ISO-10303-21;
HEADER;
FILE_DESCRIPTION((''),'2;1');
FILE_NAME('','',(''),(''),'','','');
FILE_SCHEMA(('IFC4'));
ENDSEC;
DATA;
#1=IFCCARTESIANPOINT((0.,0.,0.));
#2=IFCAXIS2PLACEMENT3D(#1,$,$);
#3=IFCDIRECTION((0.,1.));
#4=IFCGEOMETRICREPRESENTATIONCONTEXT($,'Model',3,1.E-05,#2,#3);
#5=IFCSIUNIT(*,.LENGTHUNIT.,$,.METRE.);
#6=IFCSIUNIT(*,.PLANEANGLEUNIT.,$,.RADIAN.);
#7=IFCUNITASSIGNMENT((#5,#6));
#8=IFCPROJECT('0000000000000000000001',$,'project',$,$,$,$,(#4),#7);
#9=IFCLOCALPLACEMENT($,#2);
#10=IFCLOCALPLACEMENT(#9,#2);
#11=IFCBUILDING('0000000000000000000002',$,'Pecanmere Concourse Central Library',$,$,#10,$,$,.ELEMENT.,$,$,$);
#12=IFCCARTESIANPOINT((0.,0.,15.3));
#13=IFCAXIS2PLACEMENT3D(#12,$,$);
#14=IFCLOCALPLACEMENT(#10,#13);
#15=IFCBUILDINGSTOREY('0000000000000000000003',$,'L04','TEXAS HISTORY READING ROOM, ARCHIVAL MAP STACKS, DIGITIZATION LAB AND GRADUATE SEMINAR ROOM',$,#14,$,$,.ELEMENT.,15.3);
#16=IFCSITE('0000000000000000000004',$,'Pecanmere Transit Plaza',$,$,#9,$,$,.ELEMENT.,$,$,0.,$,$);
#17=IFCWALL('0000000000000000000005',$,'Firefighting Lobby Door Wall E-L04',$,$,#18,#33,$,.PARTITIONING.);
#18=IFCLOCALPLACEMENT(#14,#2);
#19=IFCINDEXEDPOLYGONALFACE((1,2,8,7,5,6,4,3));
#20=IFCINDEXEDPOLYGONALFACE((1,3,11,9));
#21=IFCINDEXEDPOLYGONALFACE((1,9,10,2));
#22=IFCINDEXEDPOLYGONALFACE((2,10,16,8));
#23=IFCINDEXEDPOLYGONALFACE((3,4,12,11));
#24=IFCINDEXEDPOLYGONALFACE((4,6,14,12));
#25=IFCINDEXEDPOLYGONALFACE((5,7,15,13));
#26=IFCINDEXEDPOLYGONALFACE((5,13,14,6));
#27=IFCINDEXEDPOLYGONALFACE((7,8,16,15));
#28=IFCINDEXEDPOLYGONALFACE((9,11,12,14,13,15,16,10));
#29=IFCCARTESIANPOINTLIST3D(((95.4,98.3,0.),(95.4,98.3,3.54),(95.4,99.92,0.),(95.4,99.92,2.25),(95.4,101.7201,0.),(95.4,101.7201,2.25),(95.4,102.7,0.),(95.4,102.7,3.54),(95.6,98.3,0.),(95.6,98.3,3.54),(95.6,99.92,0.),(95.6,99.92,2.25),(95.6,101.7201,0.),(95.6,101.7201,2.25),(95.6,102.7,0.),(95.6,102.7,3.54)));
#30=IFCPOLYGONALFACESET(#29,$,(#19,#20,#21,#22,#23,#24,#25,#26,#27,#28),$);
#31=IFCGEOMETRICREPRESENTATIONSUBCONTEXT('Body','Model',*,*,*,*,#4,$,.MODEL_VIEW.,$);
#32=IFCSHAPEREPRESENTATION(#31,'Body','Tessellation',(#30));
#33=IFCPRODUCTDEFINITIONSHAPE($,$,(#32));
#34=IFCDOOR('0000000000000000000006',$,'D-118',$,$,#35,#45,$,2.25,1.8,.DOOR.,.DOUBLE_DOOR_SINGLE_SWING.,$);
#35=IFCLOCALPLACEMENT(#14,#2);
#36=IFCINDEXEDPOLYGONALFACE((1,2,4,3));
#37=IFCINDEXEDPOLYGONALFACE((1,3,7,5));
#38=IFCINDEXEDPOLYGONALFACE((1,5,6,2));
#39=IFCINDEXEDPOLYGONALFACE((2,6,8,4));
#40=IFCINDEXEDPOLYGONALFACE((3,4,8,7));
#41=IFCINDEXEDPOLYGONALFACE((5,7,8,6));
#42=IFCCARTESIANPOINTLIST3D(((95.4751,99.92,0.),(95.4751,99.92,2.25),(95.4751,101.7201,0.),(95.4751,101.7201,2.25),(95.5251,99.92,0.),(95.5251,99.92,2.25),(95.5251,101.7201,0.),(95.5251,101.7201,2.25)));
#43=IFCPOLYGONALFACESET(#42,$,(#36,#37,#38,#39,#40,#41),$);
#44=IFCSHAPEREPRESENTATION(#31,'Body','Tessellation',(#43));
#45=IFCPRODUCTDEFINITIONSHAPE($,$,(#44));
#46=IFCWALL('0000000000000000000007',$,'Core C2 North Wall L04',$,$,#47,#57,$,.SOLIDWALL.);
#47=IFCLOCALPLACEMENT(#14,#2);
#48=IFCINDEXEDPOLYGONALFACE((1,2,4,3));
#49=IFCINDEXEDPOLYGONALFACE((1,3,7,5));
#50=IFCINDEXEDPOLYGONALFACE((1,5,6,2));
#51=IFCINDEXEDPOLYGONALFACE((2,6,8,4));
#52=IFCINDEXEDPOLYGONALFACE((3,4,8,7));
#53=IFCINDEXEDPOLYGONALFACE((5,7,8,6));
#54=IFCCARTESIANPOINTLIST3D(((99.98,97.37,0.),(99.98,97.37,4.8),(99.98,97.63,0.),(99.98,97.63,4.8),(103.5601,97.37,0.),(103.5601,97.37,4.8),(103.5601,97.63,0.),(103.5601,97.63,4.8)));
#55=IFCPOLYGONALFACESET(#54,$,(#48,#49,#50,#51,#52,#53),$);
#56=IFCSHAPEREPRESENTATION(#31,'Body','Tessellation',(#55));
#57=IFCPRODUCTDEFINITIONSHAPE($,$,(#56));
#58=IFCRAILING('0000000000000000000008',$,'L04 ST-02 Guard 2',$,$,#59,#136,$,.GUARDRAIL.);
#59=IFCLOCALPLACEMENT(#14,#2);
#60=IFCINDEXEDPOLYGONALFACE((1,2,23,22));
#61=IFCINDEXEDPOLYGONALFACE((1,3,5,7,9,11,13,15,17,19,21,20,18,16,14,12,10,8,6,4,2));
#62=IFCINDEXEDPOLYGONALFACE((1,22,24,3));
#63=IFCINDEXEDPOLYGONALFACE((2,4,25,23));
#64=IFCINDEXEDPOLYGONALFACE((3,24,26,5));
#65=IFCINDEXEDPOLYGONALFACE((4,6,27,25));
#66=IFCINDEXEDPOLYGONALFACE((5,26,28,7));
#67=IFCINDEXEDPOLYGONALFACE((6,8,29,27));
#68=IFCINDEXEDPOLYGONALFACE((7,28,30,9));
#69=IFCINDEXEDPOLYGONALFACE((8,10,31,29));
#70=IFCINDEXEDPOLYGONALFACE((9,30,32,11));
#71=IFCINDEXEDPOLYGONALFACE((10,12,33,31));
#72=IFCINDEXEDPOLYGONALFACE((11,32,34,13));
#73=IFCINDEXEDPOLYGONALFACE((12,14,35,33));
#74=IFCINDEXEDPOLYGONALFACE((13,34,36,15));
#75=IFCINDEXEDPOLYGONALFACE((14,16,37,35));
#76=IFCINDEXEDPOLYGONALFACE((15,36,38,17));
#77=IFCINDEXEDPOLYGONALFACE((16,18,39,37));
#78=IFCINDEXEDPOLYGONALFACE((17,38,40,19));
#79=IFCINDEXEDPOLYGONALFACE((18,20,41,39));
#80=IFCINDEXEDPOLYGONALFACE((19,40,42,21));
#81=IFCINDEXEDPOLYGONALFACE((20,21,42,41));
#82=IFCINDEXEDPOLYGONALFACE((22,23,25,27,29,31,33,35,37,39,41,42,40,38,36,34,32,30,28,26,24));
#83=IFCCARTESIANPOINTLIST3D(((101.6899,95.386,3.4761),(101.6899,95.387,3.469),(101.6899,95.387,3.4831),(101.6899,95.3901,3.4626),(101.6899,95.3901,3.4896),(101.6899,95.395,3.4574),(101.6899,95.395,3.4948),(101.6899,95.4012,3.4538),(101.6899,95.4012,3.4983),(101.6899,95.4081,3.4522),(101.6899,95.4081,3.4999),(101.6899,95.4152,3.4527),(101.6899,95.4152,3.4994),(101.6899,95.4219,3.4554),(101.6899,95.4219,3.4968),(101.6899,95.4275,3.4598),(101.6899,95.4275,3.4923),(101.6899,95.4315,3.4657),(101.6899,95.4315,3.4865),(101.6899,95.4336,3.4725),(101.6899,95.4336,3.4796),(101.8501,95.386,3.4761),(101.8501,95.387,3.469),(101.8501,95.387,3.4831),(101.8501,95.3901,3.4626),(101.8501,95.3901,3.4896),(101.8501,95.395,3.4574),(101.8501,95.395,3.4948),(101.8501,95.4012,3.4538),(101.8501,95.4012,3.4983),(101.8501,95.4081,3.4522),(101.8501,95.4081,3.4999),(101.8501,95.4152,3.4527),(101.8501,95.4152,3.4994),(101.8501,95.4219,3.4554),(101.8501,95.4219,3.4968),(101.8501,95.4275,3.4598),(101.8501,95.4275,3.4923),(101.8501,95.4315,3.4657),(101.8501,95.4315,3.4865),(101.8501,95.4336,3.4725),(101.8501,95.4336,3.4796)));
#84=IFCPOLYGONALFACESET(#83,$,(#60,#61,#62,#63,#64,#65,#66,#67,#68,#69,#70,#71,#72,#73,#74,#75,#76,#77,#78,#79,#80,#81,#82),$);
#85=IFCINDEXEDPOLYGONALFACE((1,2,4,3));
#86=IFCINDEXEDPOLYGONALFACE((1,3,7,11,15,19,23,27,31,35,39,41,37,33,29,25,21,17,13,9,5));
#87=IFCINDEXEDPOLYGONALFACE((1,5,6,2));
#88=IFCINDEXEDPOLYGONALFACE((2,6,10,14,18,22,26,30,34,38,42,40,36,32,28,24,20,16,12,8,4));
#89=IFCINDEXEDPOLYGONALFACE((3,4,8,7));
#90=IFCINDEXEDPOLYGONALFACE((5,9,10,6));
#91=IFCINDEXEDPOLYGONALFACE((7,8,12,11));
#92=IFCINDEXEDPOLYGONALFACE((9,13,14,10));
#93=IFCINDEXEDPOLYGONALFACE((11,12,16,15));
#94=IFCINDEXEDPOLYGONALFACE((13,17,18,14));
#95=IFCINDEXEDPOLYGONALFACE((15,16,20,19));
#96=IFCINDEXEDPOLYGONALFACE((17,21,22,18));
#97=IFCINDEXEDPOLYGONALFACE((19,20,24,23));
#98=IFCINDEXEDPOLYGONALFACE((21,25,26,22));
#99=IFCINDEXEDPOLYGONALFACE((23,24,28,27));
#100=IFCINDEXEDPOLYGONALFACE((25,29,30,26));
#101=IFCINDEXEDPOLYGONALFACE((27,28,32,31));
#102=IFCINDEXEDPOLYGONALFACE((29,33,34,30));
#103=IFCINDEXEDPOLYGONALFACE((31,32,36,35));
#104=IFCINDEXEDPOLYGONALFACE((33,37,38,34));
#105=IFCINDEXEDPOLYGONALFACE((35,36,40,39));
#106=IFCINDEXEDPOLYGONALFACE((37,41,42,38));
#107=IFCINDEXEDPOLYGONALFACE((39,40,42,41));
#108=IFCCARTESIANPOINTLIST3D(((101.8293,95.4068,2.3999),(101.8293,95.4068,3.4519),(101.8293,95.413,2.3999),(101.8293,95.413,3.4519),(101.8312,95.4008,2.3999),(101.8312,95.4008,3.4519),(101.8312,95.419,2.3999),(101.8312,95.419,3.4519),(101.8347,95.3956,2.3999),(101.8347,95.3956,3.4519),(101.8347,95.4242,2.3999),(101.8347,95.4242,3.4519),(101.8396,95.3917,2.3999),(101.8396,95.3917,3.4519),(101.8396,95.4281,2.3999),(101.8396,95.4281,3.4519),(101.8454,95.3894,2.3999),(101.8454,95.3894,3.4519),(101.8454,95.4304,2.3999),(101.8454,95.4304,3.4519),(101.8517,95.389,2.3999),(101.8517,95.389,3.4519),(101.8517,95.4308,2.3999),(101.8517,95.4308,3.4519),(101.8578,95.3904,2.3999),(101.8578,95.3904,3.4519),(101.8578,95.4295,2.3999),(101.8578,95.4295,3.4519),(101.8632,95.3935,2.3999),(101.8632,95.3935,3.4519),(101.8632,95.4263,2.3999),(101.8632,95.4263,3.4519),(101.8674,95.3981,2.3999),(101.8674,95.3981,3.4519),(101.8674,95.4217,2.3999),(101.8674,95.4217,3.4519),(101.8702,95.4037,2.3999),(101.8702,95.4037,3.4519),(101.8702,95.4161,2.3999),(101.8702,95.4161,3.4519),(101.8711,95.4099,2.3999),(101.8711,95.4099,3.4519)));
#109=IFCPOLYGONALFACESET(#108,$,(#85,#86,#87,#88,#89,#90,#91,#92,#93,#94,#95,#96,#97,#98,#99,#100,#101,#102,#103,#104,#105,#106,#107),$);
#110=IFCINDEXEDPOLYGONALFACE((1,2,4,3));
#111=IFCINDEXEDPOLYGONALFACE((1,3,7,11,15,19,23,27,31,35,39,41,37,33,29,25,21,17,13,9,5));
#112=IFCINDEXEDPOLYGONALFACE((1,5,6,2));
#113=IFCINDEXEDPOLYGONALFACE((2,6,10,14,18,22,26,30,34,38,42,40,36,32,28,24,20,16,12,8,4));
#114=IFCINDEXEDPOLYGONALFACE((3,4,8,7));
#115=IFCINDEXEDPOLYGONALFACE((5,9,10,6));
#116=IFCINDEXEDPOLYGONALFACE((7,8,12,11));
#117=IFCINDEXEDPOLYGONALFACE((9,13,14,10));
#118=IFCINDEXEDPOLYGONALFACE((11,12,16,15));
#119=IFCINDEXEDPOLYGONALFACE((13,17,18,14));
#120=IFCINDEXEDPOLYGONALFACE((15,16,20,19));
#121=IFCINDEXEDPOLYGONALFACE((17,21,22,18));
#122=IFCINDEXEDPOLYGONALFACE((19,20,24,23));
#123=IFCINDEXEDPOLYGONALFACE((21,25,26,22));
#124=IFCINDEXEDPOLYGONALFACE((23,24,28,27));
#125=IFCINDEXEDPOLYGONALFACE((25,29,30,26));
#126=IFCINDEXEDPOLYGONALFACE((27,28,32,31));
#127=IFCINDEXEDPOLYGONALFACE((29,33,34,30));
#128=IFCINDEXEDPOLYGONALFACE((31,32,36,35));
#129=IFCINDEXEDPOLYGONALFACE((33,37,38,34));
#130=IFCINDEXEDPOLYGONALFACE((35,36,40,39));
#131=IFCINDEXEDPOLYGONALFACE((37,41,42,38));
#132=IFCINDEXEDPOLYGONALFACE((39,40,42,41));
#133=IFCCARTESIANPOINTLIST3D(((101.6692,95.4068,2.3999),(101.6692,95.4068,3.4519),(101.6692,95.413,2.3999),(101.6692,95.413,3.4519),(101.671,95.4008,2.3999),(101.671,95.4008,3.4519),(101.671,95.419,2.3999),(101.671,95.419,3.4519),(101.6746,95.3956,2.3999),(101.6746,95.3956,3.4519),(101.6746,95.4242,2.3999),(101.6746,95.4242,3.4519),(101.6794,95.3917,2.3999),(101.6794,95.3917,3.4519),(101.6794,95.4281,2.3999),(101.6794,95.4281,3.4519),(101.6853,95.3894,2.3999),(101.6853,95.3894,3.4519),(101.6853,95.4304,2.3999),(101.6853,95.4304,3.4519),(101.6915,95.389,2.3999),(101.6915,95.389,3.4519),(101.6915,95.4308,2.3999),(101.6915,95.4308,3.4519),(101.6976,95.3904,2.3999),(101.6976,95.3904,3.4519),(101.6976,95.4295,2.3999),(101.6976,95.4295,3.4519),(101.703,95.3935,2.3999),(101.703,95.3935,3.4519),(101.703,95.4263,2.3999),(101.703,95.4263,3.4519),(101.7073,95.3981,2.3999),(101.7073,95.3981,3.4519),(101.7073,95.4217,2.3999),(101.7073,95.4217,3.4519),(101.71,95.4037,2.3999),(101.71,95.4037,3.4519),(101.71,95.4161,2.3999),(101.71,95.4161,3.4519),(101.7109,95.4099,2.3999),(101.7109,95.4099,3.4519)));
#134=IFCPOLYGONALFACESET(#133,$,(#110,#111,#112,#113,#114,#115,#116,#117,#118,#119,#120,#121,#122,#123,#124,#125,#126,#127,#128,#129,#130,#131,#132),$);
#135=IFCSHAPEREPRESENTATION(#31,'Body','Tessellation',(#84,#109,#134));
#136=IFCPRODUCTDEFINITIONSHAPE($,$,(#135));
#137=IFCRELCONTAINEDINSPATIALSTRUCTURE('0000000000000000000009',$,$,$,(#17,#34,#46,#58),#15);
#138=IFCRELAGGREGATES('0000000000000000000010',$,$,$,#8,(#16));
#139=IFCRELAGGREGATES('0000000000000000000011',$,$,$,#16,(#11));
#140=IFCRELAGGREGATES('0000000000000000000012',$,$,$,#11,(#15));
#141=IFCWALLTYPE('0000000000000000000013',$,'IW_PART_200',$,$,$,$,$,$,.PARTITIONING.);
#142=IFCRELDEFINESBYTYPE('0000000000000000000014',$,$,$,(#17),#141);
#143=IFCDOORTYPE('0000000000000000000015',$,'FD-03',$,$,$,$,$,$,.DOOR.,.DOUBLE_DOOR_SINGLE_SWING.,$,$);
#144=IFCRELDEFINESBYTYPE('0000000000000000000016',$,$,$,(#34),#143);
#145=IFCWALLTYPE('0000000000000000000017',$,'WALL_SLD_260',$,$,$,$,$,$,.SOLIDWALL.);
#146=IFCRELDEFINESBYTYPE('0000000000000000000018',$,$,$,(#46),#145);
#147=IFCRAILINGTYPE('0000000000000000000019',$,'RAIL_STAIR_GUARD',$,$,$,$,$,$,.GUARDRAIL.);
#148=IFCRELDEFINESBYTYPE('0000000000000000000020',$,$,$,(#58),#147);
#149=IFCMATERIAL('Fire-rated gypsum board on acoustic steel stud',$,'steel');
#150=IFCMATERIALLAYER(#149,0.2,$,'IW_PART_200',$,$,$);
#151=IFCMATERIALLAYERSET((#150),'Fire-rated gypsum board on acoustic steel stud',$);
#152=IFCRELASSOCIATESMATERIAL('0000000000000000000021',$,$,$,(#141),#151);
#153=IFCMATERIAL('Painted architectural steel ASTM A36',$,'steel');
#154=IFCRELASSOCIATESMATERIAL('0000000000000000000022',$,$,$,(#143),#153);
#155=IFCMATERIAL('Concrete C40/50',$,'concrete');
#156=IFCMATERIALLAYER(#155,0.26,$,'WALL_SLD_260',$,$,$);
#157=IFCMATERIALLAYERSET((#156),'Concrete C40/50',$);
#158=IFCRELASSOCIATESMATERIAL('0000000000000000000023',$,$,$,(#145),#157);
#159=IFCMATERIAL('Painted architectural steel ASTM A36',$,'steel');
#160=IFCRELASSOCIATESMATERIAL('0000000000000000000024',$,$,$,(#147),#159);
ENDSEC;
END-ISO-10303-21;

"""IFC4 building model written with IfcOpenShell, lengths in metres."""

from ifc_helpers import new_model, si_unit, direction, frame, frame_2d, origin, origin_2d, place, context, subcontext, project, spatial, rectangle, circle, extrude, material, layer, layer_set, type_object, element, fill, save


model = new_model("IFC4")

# Units and contexts
model_context = context("Model", 3, precision=1e-05, world=origin(), true_north=direction((0.0, 1.0)))
body_context = subcontext(model_context, "Body", "Model", "MODEL_VIEW")
ifc_project = project(units=[si_unit("LENGTHUNIT", "METRE"), si_unit("PLANEANGLEUNIT", "RADIAN")], contexts=[model_context])

# Site, building, storey
site_placement = place(None, origin())
site = spatial("IfcSite", under=ifc_project, at=site_placement, Name="Pecanmere Transit Plaza", CompositionType="ELEMENT", RefElevation=0.0)
building_placement = place(site_placement, origin())
building = spatial("IfcBuilding", under=site, at=building_placement, Name="Pecanmere Concourse Central Library", CompositionType="ELEMENT")
storey_placement = place(building_placement, frame((0.0, 0.0, 15.3)))
storey = spatial("IfcBuildingStorey", under=building, at=storey_placement, Name="L04", Description="TEXAS HISTORY READING ROOM, ARCHIVAL MAP STACKS, DIGITIZATION LAB AND GRADUATE SEMINAR ROOM", CompositionType="ELEMENT", Elevation=15.3)

# Wall, opening, door
ifc_material_1 = material(Name="Fire-rated gypsum board on acoustic steel stud", Category="steel")
ifc_layer_1 = layer(ifc_material_1, 0.2, Name="IW_PART_200")
ifc_layer_set_1 = layer_set([ifc_layer_1], Name="Fire-rated gypsum board on acoustic steel stud")
wall_type_1 = type_object("IfcWallType", Name="IW_PART_200", PredefinedType="PARTITIONING", material=ifc_layer_set_1)
wall_1_placement = place(storey_placement, frame((95.5, 98.3, 0.0), z_axis=(0.0, 0.0, 1.0), x_axis=(0.0, 1.0, 0.0)))
wall_1 = element("IfcWall", 1, at=wall_1_placement, inside=storey, type_object=wall_type_1, Name="Firefighting Lobby Door Wall E-L04", PredefinedType="PARTITIONING", context=body_context, shape_type="SweptSolid", body=[
    extrude(rectangle(XDim=4.3999, YDim=0.2, at=frame_2d((2.2, 0.0))), origin(), (0.0, 0.0, 1.0), 3.54),
])
opening_1_placement = place(wall_1_placement, frame((1.6201, 0.0, 0.0)))
opening_1 = element("IfcOpeningElement", 2, at=opening_1_placement, cuts=wall_1, PredefinedType="OPENING", context=body_context, shape_type="SweptSolid", body=[
    extrude(rectangle(XDim=1.8, YDim=2.25, at=frame_2d((0.8999, 1.125))), frame((0.0, 0.1118, 0.0), z_axis=(0.0, -1.0, 0.0), x_axis=(1.0, 0.0, 0.0)), (0.0, 0.0, 1.0), 0.2239),
])
ifc_material_2 = material(Name="Painted architectural steel ASTM A36", Category="steel")
door_type_1 = type_object("IfcDoorType", Name="FD-03", OperationType="DOUBLE_DOOR_SINGLE_SWING", PredefinedType="DOOR", material=ifc_material_2)
door_1_placement = place(opening_1_placement, origin())
door_1 = element("IfcDoor", 3, at=door_1_placement, inside=storey, type_object=door_type_1, Name="D-118", OperationType="DOUBLE_DOOR_SINGLE_SWING", OverallHeight=2.25, OverallWidth=1.8, PredefinedType="DOOR", context=body_context, shape_type="SweptSolid", body=[
    extrude(rectangle(XDim=1.8, YDim=2.25, at=frame_2d((0.8999, 1.125))), frame((0.0, 0.0249, 0.0), z_axis=(0.0, -1.0, 0.0), x_axis=(1.0, 0.0, 0.0)), (0.0, 0.0, 1.0), 0.05),
])
fill(opening_1, door_1)

# Wall
ifc_material_3 = material(Name="Concrete C40/50", Category="concrete")
ifc_layer_2 = layer(ifc_material_3, 0.26, Name="WALL_SLD_260")
ifc_layer_set_2 = layer_set([ifc_layer_2], Name="Concrete C40/50")
wall_type_2 = type_object("IfcWallType", Name="WALL_SLD_260", PredefinedType="SOLIDWALL", material=ifc_layer_set_2)
wall_2_placement = place(storey_placement, frame((99.98, 97.5, 0.0), z_axis=(0.0, 0.0, 1.0), x_axis=(1.0, 0.0, 0.0)))
element("IfcWall", 4, at=wall_2_placement, inside=storey, type_object=wall_type_2, Name="Core C2 North Wall L04", PredefinedType="SOLIDWALL", context=body_context, shape_type="SweptSolid", body=[
    extrude(rectangle(XDim=3.5801, YDim=0.26, at=frame_2d((1.79, 0.0))), origin(), (0.0, 0.0, 1.0), 4.8),
])

# Railing
ifc_material_4 = material(Name="Painted architectural steel ASTM A36", Category="steel")
railing_type = type_object("IfcRailingType", Name="RAIL_STAIR_GUARD", PredefinedType="GUARDRAIL", material=ifc_material_4)
railing_placement = place(storey_placement, frame((101.8501, 95.4099, 2.3999)))
element("IfcRailing", 5, at=railing_placement, inside=storey, type_object=railing_type, Name="L04 ST-02 Guard 2", PredefinedType="GUARDRAIL", context=body_context, shape_type="SweptSolid", body=[
    extrude(circle(Radius=0.0239, at=origin_2d()), frame((0.0, 0.0, 1.0762), z_axis=(-1.0, 0.0, 0.0), x_axis=(0.0, -1.0, 0.0)), (0.0, 0.0, 1.0), 0.1602),
    extrude(circle(Radius=0.021, at=origin_2d()), origin(), (0.0, 0.0, 1.0), 1.052),
    extrude(circle(Radius=0.021, at=origin_2d()), frame((-0.1602, 0.0, 0.0)), (0.0, 0.0, 1.0), 1.052),
])

save(model, "model.ifc")
